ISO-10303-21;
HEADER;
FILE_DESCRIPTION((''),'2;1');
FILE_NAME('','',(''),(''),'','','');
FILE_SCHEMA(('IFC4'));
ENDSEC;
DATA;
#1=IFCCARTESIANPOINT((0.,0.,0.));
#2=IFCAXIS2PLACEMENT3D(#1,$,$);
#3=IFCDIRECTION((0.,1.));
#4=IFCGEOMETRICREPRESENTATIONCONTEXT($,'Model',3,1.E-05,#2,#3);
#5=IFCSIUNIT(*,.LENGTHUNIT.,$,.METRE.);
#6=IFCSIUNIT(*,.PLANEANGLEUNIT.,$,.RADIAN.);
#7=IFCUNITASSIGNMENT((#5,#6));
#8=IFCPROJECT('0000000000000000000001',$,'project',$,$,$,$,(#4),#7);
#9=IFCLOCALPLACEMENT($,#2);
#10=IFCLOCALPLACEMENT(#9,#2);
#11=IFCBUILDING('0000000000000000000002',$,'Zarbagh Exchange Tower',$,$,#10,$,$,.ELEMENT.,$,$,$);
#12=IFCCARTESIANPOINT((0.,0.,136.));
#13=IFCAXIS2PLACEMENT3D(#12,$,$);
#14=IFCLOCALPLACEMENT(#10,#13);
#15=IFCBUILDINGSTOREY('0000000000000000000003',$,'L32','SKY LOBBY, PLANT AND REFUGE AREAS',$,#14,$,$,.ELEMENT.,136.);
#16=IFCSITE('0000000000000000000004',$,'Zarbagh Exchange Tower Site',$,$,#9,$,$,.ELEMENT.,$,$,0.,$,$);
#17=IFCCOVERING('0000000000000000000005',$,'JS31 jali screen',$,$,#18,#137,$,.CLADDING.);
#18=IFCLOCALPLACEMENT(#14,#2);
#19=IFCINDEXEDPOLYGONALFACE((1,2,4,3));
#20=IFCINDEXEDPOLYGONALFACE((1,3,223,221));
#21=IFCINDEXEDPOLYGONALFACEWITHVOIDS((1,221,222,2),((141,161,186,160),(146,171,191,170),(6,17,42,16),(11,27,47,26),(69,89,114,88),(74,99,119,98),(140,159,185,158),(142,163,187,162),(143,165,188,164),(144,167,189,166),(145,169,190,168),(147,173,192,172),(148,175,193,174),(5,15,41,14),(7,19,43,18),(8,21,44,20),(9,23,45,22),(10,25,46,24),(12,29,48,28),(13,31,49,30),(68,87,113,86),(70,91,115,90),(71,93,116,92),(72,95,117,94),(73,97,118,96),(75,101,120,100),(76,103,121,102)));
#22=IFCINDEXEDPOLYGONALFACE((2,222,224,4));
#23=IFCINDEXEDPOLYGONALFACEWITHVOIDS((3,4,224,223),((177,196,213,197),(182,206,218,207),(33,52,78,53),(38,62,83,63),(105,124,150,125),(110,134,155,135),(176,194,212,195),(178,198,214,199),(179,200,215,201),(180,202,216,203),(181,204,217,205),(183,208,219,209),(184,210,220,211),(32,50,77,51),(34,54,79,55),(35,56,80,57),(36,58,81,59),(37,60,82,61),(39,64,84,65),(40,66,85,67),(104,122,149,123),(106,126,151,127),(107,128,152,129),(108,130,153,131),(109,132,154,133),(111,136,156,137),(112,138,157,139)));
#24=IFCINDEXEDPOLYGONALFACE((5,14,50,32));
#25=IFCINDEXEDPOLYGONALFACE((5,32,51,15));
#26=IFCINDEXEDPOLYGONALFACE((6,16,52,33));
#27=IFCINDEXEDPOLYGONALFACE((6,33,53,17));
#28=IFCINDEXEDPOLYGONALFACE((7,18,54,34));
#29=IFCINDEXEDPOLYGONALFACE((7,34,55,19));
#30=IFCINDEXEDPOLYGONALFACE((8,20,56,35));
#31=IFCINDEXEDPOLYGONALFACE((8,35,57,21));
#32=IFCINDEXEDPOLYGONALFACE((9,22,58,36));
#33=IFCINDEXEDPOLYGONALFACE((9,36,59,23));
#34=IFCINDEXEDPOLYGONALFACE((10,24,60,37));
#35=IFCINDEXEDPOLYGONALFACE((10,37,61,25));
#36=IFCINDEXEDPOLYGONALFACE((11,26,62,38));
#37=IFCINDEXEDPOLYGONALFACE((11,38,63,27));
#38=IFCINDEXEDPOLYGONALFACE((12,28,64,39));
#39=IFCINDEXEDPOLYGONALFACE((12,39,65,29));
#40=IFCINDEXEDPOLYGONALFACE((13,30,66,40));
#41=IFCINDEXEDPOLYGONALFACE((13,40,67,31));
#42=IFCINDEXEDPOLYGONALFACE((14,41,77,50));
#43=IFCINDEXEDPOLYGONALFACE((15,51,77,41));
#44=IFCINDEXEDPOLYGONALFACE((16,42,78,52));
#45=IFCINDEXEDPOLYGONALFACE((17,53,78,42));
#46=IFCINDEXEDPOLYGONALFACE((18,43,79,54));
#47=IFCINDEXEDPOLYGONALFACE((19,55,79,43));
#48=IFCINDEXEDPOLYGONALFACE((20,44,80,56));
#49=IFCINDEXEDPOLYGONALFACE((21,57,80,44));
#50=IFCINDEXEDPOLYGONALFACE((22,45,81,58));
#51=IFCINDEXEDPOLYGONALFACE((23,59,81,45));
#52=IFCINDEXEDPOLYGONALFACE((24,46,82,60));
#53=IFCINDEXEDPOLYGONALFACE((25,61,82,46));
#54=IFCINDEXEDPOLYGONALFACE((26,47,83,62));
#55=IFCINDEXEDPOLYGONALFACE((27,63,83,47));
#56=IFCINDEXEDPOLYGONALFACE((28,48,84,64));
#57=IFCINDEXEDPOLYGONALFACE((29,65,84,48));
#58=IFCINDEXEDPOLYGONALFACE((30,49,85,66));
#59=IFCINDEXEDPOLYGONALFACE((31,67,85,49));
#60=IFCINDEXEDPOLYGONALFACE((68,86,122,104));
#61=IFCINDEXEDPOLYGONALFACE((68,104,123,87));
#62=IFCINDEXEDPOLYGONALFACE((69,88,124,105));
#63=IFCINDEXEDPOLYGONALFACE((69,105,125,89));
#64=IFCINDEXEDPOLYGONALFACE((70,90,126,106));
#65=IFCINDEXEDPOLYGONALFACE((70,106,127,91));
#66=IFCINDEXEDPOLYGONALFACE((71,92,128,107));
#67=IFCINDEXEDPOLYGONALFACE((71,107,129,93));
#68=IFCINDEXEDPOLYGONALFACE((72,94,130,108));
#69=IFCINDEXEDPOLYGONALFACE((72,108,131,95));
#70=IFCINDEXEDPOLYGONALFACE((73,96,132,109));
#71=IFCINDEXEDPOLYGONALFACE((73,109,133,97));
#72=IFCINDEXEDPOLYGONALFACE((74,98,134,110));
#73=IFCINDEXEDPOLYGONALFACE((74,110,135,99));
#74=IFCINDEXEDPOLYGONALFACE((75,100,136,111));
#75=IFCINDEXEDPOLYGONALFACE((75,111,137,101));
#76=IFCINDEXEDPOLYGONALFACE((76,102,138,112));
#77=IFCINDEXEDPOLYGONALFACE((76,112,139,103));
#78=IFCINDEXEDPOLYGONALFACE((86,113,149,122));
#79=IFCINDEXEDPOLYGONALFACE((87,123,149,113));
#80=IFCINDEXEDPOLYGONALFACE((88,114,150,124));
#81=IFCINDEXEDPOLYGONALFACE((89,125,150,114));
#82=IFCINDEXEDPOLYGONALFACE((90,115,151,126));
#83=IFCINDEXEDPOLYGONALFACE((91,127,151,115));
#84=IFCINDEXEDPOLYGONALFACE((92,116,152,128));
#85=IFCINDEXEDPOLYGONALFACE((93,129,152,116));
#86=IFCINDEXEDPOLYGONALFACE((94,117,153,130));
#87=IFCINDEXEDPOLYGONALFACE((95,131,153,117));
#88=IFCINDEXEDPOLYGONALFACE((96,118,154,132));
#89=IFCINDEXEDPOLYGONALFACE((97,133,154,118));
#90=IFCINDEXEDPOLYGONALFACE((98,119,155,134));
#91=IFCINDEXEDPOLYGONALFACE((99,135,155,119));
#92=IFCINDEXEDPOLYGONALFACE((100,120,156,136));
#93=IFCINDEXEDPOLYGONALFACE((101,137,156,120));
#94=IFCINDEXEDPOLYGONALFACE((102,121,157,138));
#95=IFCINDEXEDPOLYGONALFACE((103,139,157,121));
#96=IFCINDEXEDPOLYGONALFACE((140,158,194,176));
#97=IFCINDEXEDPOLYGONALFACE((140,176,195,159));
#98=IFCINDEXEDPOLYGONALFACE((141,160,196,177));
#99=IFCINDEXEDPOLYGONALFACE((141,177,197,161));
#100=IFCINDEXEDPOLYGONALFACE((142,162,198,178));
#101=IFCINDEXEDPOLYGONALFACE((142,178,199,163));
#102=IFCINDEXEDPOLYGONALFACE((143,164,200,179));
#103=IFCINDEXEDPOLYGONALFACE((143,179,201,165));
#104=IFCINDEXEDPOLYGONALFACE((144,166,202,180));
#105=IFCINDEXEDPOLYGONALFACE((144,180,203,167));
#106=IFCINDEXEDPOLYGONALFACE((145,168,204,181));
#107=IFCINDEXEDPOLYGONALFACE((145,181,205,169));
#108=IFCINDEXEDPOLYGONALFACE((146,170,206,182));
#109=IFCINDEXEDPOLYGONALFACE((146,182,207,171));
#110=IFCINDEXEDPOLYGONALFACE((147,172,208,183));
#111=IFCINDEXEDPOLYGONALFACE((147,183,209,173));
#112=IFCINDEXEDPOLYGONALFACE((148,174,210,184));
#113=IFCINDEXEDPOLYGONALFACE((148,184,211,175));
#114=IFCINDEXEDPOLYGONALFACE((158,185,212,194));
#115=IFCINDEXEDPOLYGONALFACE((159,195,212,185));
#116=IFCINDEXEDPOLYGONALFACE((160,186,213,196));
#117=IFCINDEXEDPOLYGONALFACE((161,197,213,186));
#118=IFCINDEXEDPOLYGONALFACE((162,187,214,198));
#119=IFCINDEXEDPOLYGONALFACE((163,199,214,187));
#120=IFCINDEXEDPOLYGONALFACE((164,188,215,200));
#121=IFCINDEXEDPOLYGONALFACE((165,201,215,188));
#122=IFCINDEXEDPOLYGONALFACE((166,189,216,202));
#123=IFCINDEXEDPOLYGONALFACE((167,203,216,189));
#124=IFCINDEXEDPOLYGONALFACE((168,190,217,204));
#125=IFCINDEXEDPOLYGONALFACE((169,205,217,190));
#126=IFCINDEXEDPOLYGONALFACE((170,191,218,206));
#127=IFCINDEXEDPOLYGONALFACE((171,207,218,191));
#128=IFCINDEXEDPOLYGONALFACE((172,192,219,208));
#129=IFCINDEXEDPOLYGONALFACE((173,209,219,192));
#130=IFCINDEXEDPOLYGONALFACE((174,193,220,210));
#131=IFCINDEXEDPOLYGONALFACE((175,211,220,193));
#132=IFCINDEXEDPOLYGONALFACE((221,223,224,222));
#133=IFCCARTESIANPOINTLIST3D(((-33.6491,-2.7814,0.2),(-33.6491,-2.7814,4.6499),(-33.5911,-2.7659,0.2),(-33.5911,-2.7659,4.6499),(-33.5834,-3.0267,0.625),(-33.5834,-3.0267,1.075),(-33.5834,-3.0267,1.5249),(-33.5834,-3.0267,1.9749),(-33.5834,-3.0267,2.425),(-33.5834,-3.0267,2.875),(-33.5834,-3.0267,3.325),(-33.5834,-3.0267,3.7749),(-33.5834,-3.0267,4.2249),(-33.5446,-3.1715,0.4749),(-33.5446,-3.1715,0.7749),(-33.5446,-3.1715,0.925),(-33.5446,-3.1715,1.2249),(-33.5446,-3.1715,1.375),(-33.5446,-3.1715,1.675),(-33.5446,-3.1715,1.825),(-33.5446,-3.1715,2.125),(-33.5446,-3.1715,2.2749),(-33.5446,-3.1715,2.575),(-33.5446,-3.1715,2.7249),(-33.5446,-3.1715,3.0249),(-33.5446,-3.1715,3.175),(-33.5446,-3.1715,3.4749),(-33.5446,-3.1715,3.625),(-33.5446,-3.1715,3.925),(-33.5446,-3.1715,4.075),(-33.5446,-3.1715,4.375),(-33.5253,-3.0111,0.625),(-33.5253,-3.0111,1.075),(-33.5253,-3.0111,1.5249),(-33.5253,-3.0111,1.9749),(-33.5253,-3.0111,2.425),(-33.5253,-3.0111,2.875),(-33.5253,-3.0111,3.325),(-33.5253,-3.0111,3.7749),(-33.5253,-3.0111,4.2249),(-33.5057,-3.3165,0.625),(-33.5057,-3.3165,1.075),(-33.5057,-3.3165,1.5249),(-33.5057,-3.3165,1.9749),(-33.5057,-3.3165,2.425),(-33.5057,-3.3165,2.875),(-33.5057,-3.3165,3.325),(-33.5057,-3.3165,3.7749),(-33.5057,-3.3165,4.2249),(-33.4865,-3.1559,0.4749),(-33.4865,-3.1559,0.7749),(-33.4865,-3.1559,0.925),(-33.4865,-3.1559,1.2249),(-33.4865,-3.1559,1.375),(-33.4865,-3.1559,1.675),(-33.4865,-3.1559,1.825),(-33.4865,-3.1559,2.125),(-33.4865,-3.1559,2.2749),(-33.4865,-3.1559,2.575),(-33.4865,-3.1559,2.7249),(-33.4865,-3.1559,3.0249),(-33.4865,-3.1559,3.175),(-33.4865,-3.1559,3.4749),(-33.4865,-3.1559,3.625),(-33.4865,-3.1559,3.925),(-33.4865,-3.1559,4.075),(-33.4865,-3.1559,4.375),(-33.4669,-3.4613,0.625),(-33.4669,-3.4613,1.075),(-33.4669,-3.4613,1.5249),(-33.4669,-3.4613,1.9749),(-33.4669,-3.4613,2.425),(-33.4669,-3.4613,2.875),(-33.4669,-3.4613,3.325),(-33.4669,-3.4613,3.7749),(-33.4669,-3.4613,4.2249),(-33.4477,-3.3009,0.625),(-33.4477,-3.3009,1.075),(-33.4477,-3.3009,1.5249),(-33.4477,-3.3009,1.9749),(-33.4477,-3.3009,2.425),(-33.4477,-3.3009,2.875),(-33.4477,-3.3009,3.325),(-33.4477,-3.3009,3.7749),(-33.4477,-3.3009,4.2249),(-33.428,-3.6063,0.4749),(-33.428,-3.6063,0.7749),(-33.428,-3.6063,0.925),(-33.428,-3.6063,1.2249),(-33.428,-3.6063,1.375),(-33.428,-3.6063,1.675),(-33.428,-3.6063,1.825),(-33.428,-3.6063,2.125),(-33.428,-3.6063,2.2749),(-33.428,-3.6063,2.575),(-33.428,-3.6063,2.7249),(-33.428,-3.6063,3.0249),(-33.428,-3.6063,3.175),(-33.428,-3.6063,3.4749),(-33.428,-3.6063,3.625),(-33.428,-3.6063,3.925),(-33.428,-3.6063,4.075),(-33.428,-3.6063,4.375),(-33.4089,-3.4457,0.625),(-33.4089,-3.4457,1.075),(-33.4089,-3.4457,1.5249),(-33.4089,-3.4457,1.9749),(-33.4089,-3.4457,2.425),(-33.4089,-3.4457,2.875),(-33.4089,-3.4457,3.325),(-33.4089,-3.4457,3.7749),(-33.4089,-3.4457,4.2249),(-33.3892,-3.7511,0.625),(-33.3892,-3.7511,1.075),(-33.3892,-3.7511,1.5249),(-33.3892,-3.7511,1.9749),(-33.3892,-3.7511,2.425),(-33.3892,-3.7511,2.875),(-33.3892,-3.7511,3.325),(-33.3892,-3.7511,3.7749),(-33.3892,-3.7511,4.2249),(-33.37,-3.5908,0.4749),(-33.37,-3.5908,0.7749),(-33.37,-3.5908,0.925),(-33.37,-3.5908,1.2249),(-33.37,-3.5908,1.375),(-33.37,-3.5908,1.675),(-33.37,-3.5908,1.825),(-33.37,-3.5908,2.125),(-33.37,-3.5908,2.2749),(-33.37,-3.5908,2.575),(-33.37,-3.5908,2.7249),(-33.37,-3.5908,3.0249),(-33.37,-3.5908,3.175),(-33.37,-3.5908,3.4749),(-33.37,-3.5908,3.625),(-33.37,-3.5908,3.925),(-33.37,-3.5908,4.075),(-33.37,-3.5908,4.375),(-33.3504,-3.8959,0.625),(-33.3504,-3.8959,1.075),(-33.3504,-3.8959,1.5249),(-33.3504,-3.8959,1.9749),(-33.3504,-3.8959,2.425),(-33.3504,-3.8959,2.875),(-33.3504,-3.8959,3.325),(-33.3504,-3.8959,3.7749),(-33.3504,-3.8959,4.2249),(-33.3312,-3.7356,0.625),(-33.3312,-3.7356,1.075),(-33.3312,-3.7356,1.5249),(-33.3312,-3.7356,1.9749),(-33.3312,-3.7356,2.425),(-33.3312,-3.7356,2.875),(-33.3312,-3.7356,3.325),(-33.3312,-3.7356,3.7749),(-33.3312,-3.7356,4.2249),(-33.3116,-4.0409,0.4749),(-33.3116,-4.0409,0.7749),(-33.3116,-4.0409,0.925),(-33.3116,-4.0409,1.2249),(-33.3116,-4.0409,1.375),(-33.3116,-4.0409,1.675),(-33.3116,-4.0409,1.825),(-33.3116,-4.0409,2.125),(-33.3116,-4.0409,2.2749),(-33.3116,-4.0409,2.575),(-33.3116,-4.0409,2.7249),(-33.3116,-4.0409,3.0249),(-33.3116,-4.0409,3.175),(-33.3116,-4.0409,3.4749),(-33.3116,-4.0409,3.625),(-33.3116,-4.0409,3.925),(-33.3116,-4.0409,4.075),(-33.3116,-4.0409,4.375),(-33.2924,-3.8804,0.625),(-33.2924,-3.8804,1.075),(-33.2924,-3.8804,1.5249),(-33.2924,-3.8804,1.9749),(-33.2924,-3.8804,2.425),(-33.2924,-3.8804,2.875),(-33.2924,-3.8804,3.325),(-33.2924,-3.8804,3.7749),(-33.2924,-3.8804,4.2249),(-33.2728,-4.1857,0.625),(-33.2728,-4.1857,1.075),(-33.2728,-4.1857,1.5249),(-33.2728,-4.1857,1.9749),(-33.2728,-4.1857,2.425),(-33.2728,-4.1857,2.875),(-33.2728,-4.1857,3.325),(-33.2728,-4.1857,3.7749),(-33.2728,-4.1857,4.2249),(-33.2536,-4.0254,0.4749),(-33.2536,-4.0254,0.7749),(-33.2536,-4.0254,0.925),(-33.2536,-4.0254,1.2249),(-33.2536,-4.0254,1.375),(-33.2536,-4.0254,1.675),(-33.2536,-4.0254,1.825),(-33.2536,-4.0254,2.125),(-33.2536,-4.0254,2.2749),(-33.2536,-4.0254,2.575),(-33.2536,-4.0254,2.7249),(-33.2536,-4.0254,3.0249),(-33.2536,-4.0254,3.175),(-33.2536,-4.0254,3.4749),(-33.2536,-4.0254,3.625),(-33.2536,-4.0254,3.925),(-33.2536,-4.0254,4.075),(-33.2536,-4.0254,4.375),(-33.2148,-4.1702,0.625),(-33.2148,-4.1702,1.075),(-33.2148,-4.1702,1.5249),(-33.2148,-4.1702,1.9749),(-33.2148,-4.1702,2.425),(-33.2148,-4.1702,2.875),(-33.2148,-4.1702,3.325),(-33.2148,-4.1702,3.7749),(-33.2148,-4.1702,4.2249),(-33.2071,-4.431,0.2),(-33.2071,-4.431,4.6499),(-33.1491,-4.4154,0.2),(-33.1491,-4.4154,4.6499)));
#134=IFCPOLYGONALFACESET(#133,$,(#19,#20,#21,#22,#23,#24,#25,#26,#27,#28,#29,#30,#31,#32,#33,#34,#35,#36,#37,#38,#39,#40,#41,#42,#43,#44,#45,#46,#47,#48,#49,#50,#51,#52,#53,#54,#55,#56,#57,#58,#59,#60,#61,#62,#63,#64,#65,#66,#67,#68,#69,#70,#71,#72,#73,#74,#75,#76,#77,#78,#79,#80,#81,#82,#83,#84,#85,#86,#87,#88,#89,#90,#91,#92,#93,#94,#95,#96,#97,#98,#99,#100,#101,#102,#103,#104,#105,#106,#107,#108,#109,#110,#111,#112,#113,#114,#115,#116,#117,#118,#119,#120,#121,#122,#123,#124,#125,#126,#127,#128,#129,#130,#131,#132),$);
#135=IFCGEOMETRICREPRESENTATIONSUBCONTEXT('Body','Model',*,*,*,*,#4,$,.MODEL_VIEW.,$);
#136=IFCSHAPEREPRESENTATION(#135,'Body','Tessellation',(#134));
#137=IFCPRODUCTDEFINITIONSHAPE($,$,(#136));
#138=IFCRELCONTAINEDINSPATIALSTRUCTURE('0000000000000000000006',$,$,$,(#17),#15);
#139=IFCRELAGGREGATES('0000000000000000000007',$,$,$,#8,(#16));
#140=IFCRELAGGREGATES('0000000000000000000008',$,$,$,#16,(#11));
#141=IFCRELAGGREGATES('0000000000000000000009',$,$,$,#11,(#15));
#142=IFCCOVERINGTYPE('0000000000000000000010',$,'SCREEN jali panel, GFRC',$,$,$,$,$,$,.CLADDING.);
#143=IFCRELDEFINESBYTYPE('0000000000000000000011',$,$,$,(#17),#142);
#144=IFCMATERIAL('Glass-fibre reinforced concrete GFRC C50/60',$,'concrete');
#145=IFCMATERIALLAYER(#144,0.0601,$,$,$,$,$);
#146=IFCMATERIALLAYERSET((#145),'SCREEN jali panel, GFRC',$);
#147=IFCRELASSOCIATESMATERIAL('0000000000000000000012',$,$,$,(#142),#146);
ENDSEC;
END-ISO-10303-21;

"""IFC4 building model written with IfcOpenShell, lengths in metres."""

from ifc_helpers import new_model, si_unit, direction, frame, origin, place, context, subcontext, project, spatial, polyline, outline, extrude, source, transform, mapped, material, layer, layer_set, type_object, element, save


model = new_model("IFC4")

# Units and contexts
model_context = context("Model", 3, precision=1e-05, world=origin(), true_north=direction((0.0, 1.0)))
body_context = subcontext(model_context, "Body", "Model", "MODEL_VIEW")
ifc_project = project(units=[si_unit("LENGTHUNIT", "METRE"), si_unit("PLANEANGLEUNIT", "RADIAN")], contexts=[model_context])

# Site, building, storey
site_placement = place(None, origin())
site = spatial("IfcSite", under=ifc_project, at=site_placement, Name="Zarbagh Exchange Tower Site", CompositionType="ELEMENT", RefElevation=0.0)
building_placement = place(site_placement, origin())
building = spatial("IfcBuilding", under=site, at=building_placement, Name="Zarbagh Exchange Tower", CompositionType="ELEMENT")
storey_placement = place(building_placement, frame((0.0, 0.0, 136.0)))
storey = spatial("IfcBuildingStorey", under=building, at=storey_placement, Name="L32", Description="SKY LOBBY, PLANT AND REFUGE AREAS", CompositionType="ELEMENT", Elevation=136.0)

# Shared definitions
ifc_material_1 = material(Name="Glass-fibre reinforced concrete GFRC C50/60", Category="concrete")
ifc_layer_1 = layer(ifc_material_1, 0.0601)
ifc_layer_set_1 = layer_set([ifc_layer_1], Name="SCREEN jali panel, GFRC")
covering_type = type_object("IfcCoveringType", Name="SCREEN jali panel, GFRC", PredefinedType="CLADDING", material=ifc_layer_set_1)
placement = place(storey_placement, origin())

# Covering
shared_shape_1 = source(origin(), body_context, "Body", "SweptSolid", [
    extrude(outline(polyline([(0.0, 0.0), (1.7078, 0.0), (1.7078, 4.45), (0.0, 4.45), (0.0, 0.0)]), holes=[polyline([(0.2539, 0.425), (0.4038, 0.2749), (0.554, 0.425), (0.4038, 0.575), (0.2539, 0.425)]), polyline([(0.2539, 0.875), (0.4038, 0.7251), (0.554, 0.875), (0.4038, 1.0249), (0.2539, 0.875)]), polyline([(0.2539, 1.325), (0.4038, 1.175), (0.554, 1.325), (0.4038, 1.4751), (0.2539, 1.325)]), polyline([(0.2539, 1.7749), (0.4038, 1.625), (0.554, 1.7749), (0.4038, 1.925), (0.2539, 1.7749)]), polyline([(0.2539, 2.2251), (0.4038, 2.075), (0.554, 2.2251), (0.4038, 2.375), (0.2539, 2.2251)]), polyline([(0.2539, 2.675), (0.4038, 2.5249), (0.554, 2.675), (0.4038, 2.825), (0.2539, 2.675)]), polyline([(0.2539, 3.125), (0.4038, 2.9751), (0.554, 3.125), (0.4038, 3.2749), (0.2539, 3.125)]), polyline([(0.2539, 3.575), (0.4038, 3.425), (0.554, 3.575), (0.4038, 3.7251), (0.2539, 3.575)]), polyline([(0.2539, 4.0249), (0.4038, 3.875), (0.554, 4.0249), (0.4038, 4.175), (0.2539, 4.0249)]), polyline([(0.7039, 0.425), (0.854, 0.2749), (1.0039, 0.425), (0.854, 0.575), (0.7039, 0.425)]), polyline([(0.7039, 0.875), (0.854, 0.7251), (1.0039, 0.875), (0.854, 1.0249), (0.7039, 0.875)]), polyline([(0.7039, 1.325), (0.854, 1.175), (1.0039, 1.325), (0.854, 1.4751), (0.7039, 1.325)]), polyline([(0.7039, 1.7749), (0.854, 1.625), (1.0039, 1.7749), (0.854, 1.925), (0.7039, 1.7749)]), polyline([(0.7039, 2.2251), (0.854, 2.075), (1.0039, 2.2251), (0.854, 2.375), (0.7039, 2.2251)]), polyline([(0.7039, 2.675), (0.854, 2.5249), (1.0039, 2.675), (0.854, 2.825), (0.7039, 2.675)]), polyline([(0.7039, 3.125), (0.854, 2.9751), (1.0039, 3.125), (0.854, 3.2749), (0.7039, 3.125)]), polyline([(0.7039, 3.575), (0.854, 3.425), (1.0039, 3.575), (0.854, 3.7251), (0.7039, 3.575)]), polyline([(0.7039, 4.0249), (0.854, 3.875), (1.0039, 4.0249), (0.854, 4.175), (0.7039, 4.0249)]), polyline([(1.1538, 0.425), (1.304, 0.2749), (1.4539, 0.425), (1.304, 0.575), (1.1538, 0.425)]), polyline([(1.1538, 0.875), (1.304, 0.7251), (1.4539, 0.875), (1.304, 1.0249), (1.1538, 0.875)]), polyline([(1.1538, 1.325), (1.304, 1.175), (1.4539, 1.325), (1.304, 1.4751), (1.1538, 1.325)]), polyline([(1.1538, 1.7749), (1.304, 1.625), (1.4539, 1.7749), (1.304, 1.925), (1.1538, 1.7749)]), polyline([(1.1538, 2.2251), (1.304, 2.075), (1.4539, 2.2251), (1.304, 2.375), (1.1538, 2.2251)]), polyline([(1.1538, 2.675), (1.304, 2.5249), (1.4539, 2.675), (1.304, 2.825), (1.1538, 2.675)]), polyline([(1.1538, 3.125), (1.304, 2.9751), (1.4539, 3.125), (1.304, 3.2749), (1.1538, 3.125)]), polyline([(1.1538, 3.575), (1.304, 3.425), (1.4539, 3.575), (1.304, 3.7251), (1.1538, 3.575)]), polyline([(1.1538, 4.0249), (1.304, 3.875), (1.4539, 4.0249), (1.304, 4.175), (1.1538, 4.0249)])]), origin(), (0.0, 0.0, 1.0), 0.0601),
])
element("IfcCovering", 1, at=placement, inside=storey, type_object=covering_type, Name="JS31 jali screen", PredefinedType="CLADDING", context=body_context, shape_type="MappedRepresentation", body=[
    mapped(shared_shape_1, transform((-33.5911, -2.7659, 0.2), x_axis=(0.258825, -0.965924, 0.0), y_axis=(0.0, 0.0, 1.0), z_axis=(-0.965924, -0.258825, 0.0))),
])

save(model, "model.ifc")
